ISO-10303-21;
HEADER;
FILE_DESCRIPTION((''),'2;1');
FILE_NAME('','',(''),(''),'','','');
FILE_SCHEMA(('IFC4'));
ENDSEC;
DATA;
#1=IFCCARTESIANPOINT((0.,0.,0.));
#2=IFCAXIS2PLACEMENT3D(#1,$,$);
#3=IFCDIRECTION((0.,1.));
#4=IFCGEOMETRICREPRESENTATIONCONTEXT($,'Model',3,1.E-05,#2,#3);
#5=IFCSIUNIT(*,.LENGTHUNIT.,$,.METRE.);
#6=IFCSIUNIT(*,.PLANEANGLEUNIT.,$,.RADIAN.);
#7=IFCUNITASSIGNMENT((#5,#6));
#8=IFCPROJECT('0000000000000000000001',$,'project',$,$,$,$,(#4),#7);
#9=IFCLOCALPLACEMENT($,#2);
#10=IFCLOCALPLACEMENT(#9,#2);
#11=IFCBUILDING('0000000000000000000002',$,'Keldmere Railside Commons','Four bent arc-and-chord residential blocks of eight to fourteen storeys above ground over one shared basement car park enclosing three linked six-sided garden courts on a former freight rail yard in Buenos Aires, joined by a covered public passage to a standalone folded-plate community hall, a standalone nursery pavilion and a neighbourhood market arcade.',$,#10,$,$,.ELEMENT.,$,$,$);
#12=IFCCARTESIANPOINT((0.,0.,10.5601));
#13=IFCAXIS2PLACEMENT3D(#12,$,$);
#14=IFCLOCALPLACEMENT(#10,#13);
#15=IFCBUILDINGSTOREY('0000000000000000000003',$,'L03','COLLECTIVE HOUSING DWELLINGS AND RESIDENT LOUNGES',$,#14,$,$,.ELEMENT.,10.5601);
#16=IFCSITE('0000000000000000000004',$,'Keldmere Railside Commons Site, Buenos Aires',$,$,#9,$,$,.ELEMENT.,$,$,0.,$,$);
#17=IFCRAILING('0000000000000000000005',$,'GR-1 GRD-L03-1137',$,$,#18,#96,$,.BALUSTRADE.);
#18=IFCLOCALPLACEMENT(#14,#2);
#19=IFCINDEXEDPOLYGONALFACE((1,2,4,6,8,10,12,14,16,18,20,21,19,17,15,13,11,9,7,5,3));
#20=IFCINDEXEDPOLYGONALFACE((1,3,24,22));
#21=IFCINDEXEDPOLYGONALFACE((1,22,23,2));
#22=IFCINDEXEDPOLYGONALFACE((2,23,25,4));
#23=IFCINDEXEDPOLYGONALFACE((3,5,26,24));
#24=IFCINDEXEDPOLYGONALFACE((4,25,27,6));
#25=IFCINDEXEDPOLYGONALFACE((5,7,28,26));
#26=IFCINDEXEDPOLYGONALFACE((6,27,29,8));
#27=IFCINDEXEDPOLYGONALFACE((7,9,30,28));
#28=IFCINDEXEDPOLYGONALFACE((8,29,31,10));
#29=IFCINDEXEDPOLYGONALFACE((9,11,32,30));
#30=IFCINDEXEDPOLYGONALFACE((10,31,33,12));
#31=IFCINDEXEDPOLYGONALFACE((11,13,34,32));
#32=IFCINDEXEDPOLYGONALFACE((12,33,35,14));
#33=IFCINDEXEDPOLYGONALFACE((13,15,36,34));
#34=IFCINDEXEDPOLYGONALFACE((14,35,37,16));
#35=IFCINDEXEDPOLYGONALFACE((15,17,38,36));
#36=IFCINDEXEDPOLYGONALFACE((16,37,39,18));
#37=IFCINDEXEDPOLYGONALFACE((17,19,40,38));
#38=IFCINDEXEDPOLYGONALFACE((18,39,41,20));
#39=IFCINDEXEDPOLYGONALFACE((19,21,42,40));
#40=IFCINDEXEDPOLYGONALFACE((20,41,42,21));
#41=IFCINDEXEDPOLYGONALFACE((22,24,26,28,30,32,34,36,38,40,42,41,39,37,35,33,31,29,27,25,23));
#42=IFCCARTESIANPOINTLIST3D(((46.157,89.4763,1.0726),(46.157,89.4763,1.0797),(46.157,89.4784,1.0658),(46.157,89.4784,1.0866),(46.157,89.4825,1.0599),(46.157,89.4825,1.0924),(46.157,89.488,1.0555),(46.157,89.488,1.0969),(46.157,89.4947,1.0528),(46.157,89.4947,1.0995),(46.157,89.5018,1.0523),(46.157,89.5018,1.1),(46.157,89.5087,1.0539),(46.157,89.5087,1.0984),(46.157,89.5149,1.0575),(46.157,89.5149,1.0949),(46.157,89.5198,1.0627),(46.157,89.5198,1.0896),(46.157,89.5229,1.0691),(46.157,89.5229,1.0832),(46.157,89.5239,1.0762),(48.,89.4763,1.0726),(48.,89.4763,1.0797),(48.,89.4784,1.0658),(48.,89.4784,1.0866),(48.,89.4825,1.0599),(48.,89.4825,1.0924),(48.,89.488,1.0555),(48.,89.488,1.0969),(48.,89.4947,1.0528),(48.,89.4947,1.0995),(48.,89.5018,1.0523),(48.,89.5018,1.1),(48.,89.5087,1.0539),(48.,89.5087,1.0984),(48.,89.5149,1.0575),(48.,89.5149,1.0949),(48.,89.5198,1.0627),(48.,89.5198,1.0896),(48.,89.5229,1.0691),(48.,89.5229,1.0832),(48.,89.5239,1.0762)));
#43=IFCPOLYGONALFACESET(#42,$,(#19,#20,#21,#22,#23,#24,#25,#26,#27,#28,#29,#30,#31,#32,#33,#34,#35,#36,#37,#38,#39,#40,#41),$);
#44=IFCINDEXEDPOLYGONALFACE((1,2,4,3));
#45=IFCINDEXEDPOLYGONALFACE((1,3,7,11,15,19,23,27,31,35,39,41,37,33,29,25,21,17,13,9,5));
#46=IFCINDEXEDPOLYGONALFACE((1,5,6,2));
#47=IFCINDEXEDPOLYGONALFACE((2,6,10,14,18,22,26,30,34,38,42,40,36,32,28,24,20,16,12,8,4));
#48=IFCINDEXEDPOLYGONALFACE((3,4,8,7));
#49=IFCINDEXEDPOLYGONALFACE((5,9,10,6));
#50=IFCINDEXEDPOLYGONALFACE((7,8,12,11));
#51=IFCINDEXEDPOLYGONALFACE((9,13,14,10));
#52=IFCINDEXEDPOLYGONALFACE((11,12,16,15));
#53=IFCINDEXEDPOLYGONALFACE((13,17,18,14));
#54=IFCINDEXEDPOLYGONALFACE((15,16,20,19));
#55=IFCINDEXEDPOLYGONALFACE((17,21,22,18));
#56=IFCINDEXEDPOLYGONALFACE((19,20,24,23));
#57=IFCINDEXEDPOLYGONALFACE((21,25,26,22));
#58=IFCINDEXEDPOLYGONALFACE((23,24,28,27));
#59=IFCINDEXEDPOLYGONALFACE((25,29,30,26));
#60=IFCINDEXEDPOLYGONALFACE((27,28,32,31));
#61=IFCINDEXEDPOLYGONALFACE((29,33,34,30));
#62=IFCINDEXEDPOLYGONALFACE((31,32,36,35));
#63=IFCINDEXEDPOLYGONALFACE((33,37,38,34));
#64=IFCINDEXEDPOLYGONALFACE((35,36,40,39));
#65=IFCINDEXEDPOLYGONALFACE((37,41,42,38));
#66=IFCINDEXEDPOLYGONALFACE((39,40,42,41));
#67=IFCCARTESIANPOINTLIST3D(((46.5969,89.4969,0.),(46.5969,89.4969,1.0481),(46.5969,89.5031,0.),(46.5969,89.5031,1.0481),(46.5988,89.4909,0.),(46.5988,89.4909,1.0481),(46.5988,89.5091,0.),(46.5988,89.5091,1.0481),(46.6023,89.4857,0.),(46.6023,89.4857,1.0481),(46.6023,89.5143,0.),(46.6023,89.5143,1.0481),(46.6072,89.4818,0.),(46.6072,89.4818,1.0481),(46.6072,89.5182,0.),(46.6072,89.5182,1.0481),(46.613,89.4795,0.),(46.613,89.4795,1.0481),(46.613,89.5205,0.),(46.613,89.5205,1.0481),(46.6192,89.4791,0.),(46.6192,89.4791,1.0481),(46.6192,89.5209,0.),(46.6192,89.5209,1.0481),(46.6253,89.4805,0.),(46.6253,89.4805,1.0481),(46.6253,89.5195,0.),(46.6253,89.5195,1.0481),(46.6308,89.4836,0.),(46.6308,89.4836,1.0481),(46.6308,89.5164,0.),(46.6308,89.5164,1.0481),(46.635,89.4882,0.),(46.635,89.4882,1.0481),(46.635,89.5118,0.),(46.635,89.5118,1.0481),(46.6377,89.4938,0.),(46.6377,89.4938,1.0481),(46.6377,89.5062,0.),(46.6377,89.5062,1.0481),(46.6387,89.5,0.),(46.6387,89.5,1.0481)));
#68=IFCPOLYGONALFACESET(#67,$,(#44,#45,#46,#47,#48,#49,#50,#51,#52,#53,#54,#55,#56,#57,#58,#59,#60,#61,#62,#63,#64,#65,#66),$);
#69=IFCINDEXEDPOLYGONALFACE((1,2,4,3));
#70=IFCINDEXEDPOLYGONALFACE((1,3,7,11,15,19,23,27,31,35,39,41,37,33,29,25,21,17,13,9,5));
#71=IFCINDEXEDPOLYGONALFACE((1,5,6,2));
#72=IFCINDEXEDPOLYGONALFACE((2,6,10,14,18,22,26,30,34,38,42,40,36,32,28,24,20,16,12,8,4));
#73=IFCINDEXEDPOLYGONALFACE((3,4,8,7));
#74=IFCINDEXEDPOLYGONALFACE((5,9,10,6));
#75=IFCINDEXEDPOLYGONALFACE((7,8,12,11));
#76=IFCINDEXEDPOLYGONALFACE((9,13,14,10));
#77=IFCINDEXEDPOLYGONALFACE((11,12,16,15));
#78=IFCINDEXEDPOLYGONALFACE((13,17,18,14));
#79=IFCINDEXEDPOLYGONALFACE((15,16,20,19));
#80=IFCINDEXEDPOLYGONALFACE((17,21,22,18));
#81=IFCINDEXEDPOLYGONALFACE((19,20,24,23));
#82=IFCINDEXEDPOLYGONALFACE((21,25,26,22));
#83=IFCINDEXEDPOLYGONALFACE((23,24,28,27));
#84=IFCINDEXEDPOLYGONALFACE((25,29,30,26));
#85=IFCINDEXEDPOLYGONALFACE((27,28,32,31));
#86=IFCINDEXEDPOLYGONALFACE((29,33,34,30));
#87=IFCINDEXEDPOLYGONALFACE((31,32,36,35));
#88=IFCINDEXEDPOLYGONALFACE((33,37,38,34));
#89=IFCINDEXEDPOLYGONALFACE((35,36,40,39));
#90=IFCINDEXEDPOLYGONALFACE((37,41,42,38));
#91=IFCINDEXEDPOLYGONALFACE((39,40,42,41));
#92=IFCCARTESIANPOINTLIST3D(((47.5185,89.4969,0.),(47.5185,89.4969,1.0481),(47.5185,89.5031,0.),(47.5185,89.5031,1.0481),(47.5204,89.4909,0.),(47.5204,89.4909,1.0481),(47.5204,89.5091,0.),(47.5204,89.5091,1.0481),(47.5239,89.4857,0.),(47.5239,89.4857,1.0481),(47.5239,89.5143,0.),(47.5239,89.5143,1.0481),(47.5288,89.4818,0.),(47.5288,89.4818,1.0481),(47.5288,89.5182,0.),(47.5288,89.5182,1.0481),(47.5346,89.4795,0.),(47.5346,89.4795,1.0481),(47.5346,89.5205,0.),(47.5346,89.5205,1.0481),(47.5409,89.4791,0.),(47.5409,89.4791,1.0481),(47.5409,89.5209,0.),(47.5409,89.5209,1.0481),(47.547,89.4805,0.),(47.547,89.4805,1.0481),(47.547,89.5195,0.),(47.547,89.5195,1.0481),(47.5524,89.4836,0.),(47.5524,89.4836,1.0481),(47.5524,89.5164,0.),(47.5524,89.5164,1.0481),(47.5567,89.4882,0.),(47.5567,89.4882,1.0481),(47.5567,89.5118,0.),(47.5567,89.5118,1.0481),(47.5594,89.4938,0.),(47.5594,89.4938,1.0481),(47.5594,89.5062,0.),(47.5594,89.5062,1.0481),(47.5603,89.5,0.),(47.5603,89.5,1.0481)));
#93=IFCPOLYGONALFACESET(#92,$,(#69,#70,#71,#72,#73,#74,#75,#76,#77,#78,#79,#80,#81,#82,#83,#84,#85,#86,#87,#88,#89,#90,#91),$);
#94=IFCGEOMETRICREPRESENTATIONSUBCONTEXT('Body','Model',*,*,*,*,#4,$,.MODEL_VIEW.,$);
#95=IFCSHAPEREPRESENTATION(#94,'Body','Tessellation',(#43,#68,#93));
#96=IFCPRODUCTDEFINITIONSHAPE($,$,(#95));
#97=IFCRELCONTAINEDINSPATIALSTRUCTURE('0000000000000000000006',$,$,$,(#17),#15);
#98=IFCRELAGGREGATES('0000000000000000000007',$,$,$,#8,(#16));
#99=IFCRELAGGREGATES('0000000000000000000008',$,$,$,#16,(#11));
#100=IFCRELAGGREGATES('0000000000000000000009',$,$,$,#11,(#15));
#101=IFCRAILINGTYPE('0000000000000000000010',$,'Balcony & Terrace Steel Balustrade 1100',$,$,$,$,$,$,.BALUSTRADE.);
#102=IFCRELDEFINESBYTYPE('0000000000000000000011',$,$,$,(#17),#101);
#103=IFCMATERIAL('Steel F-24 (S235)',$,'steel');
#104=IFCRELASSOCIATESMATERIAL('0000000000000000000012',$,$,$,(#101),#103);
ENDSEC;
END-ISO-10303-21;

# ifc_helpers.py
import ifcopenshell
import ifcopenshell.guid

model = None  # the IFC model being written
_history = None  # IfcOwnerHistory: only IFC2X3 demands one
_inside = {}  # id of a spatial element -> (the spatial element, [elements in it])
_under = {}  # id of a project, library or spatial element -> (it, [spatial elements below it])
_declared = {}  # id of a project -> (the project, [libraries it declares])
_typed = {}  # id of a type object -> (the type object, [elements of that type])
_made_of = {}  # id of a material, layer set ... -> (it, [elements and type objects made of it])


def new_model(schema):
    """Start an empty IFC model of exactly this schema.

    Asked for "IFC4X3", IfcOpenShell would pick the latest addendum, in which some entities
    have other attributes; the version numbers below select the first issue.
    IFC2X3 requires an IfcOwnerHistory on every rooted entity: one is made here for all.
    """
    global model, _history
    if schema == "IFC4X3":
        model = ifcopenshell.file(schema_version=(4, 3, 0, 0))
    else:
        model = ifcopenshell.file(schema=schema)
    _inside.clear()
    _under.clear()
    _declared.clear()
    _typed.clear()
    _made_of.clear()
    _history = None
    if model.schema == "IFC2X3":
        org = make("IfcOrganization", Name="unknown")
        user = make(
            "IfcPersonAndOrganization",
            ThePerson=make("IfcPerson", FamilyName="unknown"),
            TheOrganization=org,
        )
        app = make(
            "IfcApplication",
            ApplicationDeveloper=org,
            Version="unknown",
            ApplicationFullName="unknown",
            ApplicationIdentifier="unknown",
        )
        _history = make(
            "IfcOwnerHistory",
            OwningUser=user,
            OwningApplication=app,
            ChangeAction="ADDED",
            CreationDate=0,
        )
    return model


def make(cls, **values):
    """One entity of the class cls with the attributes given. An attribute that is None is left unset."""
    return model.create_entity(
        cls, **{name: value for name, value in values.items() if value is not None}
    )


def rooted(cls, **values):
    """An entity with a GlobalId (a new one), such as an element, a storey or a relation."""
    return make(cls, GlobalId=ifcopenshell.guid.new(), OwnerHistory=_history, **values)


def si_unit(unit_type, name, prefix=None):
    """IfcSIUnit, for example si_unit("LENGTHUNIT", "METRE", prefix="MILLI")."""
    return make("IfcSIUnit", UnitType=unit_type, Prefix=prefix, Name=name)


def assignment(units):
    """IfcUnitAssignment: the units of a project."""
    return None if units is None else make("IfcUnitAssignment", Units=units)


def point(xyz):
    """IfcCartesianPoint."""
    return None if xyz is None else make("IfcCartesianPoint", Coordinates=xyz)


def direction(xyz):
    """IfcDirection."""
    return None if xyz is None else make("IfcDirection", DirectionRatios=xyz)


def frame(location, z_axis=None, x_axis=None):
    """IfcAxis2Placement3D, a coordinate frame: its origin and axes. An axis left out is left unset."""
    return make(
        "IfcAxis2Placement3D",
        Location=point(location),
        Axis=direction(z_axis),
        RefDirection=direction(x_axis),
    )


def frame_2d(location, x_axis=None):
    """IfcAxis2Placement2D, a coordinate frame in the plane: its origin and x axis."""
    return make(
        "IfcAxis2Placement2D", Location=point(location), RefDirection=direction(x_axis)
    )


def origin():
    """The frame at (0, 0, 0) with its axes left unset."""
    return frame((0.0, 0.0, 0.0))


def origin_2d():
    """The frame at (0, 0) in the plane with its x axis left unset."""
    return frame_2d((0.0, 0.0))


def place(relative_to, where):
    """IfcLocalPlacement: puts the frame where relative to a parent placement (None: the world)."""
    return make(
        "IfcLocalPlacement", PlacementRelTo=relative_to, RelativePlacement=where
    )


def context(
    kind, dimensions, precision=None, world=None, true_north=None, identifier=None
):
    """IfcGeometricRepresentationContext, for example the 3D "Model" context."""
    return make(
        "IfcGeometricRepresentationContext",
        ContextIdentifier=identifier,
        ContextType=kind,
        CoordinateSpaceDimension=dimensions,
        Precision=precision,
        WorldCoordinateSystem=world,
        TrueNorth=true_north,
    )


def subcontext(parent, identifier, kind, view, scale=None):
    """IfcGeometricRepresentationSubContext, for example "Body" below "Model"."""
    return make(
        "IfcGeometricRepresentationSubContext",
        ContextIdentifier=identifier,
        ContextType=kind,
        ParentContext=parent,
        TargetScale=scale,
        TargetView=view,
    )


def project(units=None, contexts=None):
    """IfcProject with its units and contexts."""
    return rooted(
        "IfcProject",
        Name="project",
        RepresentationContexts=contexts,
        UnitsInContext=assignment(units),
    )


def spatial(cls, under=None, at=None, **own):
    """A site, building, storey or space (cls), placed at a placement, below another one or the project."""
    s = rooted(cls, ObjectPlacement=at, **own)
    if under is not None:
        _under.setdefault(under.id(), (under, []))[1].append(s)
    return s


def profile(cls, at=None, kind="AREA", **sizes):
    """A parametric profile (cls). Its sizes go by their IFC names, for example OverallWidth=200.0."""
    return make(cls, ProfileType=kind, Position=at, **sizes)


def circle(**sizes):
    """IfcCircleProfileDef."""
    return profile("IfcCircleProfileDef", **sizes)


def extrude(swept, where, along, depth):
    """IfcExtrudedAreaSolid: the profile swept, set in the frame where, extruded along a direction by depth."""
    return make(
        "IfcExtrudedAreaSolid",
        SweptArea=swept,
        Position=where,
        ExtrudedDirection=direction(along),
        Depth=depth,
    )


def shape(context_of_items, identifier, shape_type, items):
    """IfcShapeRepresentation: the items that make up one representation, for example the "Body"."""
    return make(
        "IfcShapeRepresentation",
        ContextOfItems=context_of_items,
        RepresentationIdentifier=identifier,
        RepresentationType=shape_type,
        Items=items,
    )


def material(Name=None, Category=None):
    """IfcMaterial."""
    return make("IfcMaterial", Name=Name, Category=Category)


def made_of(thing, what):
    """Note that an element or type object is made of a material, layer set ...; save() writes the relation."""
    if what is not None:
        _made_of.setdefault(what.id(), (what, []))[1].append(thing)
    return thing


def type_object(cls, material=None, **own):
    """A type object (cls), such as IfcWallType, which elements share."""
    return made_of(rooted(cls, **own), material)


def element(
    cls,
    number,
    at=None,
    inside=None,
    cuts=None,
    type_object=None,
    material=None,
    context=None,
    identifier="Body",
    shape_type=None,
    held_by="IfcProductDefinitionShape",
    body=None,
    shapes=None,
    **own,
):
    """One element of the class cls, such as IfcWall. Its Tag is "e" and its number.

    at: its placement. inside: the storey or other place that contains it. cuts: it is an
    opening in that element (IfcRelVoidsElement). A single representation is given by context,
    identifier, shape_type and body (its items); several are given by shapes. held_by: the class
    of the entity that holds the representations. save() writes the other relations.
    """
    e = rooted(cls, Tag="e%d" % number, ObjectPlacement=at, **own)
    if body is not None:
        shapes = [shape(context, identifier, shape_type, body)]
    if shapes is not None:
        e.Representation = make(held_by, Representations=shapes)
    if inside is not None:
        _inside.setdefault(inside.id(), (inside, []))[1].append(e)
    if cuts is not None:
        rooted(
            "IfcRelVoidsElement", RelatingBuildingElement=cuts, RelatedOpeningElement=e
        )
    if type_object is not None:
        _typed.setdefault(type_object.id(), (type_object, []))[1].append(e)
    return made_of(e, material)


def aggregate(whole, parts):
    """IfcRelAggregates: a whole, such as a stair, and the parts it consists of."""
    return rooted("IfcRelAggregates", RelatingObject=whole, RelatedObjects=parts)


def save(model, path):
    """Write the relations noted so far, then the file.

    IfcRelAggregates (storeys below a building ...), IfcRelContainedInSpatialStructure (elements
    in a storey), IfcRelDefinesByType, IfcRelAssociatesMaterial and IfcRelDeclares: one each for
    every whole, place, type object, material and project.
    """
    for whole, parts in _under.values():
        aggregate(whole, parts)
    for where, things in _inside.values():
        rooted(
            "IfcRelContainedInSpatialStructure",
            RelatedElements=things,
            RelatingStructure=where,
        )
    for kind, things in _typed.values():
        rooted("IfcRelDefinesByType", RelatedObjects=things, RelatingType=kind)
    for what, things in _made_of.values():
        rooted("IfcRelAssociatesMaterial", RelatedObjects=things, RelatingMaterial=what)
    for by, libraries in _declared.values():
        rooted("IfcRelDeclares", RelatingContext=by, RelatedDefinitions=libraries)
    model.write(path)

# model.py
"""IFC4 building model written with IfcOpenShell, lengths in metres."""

from ifc_helpers import new_model, si_unit, direction, frame, origin, origin_2d, place, context, subcontext, project, spatial, circle, extrude, material, type_object, element, save


model = new_model("IFC4")

# Units and contexts
model_context = context("Model", 3, precision=1e-05, world=origin(), true_north=direction((0.0, 1.0)))
body_context = subcontext(model_context, "Body", "Model", "MODEL_VIEW")
ifc_project = project(units=[si_unit("LENGTHUNIT", "METRE"), si_unit("PLANEANGLEUNIT", "RADIAN")], contexts=[model_context])

# Site, building, storey
site_placement = place(None, origin())
site = spatial("IfcSite", under=ifc_project, at=site_placement, Name="Keldmere Railside Commons Site, Buenos Aires", CompositionType="ELEMENT", RefElevation=0.0)
building_placement = place(site_placement, origin())
building = spatial("IfcBuilding", under=site, at=building_placement, Name="Keldmere Railside Commons", Description="Four bent arc-and-chord residential blocks of eight to fourteen storeys above ground over one shared basement car park enclosing three linked six-sided garden courts on a former freight rail yard in Buenos Aires, joined by a covered public passage to a standalone folded-plate community hall, a standalone nursery pavilion and a neighbourhood market arcade.", CompositionType="ELEMENT")
storey_placement = place(building_placement, frame((0.0, 0.0, 10.5601)))
storey = spatial("IfcBuildingStorey", under=building, at=storey_placement, Name="L03", Description="COLLECTIVE HOUSING DWELLINGS AND RESIDENT LOUNGES", CompositionType="ELEMENT", Elevation=10.5601)

# Railing
ifc_material_1 = material(Name="Steel F-24 (S235)", Category="steel")
railing_type = type_object("IfcRailingType", Name="Balcony & Terrace Steel Balustrade 1100", PredefinedType="BALUSTRADE", material=ifc_material_1)
railing_1_placement = place(storey_placement, frame((46.157, 89.5, 0.0)))
element("IfcRailing", 1, at=railing_1_placement, inside=storey, type_object=railing_type, Name="GR-1 GRD-L03-1137", PredefinedType="BALUSTRADE", context=body_context, shape_type="SweptSolid", body=[
    extrude(circle(Radius=0.0239, at=origin_2d()), frame((0.0, 0.0, 1.0762), z_axis=(1.0, 0.0, 0.0), x_axis=(0.0, 1.0, 0.0)), (0.0, 0.0, 1.0), 1.843),
    extrude(circle(Radius=0.021, at=origin_2d()), frame((0.4607, 0.0, 0.0)), (0.0, 0.0, 1.0), 1.0481),
    extrude(circle(Radius=0.021, at=origin_2d()), frame((1.3823, 0.0, 0.0)), (0.0, 0.0, 1.0), 1.0481),
])

save(model, "model.ifc")
